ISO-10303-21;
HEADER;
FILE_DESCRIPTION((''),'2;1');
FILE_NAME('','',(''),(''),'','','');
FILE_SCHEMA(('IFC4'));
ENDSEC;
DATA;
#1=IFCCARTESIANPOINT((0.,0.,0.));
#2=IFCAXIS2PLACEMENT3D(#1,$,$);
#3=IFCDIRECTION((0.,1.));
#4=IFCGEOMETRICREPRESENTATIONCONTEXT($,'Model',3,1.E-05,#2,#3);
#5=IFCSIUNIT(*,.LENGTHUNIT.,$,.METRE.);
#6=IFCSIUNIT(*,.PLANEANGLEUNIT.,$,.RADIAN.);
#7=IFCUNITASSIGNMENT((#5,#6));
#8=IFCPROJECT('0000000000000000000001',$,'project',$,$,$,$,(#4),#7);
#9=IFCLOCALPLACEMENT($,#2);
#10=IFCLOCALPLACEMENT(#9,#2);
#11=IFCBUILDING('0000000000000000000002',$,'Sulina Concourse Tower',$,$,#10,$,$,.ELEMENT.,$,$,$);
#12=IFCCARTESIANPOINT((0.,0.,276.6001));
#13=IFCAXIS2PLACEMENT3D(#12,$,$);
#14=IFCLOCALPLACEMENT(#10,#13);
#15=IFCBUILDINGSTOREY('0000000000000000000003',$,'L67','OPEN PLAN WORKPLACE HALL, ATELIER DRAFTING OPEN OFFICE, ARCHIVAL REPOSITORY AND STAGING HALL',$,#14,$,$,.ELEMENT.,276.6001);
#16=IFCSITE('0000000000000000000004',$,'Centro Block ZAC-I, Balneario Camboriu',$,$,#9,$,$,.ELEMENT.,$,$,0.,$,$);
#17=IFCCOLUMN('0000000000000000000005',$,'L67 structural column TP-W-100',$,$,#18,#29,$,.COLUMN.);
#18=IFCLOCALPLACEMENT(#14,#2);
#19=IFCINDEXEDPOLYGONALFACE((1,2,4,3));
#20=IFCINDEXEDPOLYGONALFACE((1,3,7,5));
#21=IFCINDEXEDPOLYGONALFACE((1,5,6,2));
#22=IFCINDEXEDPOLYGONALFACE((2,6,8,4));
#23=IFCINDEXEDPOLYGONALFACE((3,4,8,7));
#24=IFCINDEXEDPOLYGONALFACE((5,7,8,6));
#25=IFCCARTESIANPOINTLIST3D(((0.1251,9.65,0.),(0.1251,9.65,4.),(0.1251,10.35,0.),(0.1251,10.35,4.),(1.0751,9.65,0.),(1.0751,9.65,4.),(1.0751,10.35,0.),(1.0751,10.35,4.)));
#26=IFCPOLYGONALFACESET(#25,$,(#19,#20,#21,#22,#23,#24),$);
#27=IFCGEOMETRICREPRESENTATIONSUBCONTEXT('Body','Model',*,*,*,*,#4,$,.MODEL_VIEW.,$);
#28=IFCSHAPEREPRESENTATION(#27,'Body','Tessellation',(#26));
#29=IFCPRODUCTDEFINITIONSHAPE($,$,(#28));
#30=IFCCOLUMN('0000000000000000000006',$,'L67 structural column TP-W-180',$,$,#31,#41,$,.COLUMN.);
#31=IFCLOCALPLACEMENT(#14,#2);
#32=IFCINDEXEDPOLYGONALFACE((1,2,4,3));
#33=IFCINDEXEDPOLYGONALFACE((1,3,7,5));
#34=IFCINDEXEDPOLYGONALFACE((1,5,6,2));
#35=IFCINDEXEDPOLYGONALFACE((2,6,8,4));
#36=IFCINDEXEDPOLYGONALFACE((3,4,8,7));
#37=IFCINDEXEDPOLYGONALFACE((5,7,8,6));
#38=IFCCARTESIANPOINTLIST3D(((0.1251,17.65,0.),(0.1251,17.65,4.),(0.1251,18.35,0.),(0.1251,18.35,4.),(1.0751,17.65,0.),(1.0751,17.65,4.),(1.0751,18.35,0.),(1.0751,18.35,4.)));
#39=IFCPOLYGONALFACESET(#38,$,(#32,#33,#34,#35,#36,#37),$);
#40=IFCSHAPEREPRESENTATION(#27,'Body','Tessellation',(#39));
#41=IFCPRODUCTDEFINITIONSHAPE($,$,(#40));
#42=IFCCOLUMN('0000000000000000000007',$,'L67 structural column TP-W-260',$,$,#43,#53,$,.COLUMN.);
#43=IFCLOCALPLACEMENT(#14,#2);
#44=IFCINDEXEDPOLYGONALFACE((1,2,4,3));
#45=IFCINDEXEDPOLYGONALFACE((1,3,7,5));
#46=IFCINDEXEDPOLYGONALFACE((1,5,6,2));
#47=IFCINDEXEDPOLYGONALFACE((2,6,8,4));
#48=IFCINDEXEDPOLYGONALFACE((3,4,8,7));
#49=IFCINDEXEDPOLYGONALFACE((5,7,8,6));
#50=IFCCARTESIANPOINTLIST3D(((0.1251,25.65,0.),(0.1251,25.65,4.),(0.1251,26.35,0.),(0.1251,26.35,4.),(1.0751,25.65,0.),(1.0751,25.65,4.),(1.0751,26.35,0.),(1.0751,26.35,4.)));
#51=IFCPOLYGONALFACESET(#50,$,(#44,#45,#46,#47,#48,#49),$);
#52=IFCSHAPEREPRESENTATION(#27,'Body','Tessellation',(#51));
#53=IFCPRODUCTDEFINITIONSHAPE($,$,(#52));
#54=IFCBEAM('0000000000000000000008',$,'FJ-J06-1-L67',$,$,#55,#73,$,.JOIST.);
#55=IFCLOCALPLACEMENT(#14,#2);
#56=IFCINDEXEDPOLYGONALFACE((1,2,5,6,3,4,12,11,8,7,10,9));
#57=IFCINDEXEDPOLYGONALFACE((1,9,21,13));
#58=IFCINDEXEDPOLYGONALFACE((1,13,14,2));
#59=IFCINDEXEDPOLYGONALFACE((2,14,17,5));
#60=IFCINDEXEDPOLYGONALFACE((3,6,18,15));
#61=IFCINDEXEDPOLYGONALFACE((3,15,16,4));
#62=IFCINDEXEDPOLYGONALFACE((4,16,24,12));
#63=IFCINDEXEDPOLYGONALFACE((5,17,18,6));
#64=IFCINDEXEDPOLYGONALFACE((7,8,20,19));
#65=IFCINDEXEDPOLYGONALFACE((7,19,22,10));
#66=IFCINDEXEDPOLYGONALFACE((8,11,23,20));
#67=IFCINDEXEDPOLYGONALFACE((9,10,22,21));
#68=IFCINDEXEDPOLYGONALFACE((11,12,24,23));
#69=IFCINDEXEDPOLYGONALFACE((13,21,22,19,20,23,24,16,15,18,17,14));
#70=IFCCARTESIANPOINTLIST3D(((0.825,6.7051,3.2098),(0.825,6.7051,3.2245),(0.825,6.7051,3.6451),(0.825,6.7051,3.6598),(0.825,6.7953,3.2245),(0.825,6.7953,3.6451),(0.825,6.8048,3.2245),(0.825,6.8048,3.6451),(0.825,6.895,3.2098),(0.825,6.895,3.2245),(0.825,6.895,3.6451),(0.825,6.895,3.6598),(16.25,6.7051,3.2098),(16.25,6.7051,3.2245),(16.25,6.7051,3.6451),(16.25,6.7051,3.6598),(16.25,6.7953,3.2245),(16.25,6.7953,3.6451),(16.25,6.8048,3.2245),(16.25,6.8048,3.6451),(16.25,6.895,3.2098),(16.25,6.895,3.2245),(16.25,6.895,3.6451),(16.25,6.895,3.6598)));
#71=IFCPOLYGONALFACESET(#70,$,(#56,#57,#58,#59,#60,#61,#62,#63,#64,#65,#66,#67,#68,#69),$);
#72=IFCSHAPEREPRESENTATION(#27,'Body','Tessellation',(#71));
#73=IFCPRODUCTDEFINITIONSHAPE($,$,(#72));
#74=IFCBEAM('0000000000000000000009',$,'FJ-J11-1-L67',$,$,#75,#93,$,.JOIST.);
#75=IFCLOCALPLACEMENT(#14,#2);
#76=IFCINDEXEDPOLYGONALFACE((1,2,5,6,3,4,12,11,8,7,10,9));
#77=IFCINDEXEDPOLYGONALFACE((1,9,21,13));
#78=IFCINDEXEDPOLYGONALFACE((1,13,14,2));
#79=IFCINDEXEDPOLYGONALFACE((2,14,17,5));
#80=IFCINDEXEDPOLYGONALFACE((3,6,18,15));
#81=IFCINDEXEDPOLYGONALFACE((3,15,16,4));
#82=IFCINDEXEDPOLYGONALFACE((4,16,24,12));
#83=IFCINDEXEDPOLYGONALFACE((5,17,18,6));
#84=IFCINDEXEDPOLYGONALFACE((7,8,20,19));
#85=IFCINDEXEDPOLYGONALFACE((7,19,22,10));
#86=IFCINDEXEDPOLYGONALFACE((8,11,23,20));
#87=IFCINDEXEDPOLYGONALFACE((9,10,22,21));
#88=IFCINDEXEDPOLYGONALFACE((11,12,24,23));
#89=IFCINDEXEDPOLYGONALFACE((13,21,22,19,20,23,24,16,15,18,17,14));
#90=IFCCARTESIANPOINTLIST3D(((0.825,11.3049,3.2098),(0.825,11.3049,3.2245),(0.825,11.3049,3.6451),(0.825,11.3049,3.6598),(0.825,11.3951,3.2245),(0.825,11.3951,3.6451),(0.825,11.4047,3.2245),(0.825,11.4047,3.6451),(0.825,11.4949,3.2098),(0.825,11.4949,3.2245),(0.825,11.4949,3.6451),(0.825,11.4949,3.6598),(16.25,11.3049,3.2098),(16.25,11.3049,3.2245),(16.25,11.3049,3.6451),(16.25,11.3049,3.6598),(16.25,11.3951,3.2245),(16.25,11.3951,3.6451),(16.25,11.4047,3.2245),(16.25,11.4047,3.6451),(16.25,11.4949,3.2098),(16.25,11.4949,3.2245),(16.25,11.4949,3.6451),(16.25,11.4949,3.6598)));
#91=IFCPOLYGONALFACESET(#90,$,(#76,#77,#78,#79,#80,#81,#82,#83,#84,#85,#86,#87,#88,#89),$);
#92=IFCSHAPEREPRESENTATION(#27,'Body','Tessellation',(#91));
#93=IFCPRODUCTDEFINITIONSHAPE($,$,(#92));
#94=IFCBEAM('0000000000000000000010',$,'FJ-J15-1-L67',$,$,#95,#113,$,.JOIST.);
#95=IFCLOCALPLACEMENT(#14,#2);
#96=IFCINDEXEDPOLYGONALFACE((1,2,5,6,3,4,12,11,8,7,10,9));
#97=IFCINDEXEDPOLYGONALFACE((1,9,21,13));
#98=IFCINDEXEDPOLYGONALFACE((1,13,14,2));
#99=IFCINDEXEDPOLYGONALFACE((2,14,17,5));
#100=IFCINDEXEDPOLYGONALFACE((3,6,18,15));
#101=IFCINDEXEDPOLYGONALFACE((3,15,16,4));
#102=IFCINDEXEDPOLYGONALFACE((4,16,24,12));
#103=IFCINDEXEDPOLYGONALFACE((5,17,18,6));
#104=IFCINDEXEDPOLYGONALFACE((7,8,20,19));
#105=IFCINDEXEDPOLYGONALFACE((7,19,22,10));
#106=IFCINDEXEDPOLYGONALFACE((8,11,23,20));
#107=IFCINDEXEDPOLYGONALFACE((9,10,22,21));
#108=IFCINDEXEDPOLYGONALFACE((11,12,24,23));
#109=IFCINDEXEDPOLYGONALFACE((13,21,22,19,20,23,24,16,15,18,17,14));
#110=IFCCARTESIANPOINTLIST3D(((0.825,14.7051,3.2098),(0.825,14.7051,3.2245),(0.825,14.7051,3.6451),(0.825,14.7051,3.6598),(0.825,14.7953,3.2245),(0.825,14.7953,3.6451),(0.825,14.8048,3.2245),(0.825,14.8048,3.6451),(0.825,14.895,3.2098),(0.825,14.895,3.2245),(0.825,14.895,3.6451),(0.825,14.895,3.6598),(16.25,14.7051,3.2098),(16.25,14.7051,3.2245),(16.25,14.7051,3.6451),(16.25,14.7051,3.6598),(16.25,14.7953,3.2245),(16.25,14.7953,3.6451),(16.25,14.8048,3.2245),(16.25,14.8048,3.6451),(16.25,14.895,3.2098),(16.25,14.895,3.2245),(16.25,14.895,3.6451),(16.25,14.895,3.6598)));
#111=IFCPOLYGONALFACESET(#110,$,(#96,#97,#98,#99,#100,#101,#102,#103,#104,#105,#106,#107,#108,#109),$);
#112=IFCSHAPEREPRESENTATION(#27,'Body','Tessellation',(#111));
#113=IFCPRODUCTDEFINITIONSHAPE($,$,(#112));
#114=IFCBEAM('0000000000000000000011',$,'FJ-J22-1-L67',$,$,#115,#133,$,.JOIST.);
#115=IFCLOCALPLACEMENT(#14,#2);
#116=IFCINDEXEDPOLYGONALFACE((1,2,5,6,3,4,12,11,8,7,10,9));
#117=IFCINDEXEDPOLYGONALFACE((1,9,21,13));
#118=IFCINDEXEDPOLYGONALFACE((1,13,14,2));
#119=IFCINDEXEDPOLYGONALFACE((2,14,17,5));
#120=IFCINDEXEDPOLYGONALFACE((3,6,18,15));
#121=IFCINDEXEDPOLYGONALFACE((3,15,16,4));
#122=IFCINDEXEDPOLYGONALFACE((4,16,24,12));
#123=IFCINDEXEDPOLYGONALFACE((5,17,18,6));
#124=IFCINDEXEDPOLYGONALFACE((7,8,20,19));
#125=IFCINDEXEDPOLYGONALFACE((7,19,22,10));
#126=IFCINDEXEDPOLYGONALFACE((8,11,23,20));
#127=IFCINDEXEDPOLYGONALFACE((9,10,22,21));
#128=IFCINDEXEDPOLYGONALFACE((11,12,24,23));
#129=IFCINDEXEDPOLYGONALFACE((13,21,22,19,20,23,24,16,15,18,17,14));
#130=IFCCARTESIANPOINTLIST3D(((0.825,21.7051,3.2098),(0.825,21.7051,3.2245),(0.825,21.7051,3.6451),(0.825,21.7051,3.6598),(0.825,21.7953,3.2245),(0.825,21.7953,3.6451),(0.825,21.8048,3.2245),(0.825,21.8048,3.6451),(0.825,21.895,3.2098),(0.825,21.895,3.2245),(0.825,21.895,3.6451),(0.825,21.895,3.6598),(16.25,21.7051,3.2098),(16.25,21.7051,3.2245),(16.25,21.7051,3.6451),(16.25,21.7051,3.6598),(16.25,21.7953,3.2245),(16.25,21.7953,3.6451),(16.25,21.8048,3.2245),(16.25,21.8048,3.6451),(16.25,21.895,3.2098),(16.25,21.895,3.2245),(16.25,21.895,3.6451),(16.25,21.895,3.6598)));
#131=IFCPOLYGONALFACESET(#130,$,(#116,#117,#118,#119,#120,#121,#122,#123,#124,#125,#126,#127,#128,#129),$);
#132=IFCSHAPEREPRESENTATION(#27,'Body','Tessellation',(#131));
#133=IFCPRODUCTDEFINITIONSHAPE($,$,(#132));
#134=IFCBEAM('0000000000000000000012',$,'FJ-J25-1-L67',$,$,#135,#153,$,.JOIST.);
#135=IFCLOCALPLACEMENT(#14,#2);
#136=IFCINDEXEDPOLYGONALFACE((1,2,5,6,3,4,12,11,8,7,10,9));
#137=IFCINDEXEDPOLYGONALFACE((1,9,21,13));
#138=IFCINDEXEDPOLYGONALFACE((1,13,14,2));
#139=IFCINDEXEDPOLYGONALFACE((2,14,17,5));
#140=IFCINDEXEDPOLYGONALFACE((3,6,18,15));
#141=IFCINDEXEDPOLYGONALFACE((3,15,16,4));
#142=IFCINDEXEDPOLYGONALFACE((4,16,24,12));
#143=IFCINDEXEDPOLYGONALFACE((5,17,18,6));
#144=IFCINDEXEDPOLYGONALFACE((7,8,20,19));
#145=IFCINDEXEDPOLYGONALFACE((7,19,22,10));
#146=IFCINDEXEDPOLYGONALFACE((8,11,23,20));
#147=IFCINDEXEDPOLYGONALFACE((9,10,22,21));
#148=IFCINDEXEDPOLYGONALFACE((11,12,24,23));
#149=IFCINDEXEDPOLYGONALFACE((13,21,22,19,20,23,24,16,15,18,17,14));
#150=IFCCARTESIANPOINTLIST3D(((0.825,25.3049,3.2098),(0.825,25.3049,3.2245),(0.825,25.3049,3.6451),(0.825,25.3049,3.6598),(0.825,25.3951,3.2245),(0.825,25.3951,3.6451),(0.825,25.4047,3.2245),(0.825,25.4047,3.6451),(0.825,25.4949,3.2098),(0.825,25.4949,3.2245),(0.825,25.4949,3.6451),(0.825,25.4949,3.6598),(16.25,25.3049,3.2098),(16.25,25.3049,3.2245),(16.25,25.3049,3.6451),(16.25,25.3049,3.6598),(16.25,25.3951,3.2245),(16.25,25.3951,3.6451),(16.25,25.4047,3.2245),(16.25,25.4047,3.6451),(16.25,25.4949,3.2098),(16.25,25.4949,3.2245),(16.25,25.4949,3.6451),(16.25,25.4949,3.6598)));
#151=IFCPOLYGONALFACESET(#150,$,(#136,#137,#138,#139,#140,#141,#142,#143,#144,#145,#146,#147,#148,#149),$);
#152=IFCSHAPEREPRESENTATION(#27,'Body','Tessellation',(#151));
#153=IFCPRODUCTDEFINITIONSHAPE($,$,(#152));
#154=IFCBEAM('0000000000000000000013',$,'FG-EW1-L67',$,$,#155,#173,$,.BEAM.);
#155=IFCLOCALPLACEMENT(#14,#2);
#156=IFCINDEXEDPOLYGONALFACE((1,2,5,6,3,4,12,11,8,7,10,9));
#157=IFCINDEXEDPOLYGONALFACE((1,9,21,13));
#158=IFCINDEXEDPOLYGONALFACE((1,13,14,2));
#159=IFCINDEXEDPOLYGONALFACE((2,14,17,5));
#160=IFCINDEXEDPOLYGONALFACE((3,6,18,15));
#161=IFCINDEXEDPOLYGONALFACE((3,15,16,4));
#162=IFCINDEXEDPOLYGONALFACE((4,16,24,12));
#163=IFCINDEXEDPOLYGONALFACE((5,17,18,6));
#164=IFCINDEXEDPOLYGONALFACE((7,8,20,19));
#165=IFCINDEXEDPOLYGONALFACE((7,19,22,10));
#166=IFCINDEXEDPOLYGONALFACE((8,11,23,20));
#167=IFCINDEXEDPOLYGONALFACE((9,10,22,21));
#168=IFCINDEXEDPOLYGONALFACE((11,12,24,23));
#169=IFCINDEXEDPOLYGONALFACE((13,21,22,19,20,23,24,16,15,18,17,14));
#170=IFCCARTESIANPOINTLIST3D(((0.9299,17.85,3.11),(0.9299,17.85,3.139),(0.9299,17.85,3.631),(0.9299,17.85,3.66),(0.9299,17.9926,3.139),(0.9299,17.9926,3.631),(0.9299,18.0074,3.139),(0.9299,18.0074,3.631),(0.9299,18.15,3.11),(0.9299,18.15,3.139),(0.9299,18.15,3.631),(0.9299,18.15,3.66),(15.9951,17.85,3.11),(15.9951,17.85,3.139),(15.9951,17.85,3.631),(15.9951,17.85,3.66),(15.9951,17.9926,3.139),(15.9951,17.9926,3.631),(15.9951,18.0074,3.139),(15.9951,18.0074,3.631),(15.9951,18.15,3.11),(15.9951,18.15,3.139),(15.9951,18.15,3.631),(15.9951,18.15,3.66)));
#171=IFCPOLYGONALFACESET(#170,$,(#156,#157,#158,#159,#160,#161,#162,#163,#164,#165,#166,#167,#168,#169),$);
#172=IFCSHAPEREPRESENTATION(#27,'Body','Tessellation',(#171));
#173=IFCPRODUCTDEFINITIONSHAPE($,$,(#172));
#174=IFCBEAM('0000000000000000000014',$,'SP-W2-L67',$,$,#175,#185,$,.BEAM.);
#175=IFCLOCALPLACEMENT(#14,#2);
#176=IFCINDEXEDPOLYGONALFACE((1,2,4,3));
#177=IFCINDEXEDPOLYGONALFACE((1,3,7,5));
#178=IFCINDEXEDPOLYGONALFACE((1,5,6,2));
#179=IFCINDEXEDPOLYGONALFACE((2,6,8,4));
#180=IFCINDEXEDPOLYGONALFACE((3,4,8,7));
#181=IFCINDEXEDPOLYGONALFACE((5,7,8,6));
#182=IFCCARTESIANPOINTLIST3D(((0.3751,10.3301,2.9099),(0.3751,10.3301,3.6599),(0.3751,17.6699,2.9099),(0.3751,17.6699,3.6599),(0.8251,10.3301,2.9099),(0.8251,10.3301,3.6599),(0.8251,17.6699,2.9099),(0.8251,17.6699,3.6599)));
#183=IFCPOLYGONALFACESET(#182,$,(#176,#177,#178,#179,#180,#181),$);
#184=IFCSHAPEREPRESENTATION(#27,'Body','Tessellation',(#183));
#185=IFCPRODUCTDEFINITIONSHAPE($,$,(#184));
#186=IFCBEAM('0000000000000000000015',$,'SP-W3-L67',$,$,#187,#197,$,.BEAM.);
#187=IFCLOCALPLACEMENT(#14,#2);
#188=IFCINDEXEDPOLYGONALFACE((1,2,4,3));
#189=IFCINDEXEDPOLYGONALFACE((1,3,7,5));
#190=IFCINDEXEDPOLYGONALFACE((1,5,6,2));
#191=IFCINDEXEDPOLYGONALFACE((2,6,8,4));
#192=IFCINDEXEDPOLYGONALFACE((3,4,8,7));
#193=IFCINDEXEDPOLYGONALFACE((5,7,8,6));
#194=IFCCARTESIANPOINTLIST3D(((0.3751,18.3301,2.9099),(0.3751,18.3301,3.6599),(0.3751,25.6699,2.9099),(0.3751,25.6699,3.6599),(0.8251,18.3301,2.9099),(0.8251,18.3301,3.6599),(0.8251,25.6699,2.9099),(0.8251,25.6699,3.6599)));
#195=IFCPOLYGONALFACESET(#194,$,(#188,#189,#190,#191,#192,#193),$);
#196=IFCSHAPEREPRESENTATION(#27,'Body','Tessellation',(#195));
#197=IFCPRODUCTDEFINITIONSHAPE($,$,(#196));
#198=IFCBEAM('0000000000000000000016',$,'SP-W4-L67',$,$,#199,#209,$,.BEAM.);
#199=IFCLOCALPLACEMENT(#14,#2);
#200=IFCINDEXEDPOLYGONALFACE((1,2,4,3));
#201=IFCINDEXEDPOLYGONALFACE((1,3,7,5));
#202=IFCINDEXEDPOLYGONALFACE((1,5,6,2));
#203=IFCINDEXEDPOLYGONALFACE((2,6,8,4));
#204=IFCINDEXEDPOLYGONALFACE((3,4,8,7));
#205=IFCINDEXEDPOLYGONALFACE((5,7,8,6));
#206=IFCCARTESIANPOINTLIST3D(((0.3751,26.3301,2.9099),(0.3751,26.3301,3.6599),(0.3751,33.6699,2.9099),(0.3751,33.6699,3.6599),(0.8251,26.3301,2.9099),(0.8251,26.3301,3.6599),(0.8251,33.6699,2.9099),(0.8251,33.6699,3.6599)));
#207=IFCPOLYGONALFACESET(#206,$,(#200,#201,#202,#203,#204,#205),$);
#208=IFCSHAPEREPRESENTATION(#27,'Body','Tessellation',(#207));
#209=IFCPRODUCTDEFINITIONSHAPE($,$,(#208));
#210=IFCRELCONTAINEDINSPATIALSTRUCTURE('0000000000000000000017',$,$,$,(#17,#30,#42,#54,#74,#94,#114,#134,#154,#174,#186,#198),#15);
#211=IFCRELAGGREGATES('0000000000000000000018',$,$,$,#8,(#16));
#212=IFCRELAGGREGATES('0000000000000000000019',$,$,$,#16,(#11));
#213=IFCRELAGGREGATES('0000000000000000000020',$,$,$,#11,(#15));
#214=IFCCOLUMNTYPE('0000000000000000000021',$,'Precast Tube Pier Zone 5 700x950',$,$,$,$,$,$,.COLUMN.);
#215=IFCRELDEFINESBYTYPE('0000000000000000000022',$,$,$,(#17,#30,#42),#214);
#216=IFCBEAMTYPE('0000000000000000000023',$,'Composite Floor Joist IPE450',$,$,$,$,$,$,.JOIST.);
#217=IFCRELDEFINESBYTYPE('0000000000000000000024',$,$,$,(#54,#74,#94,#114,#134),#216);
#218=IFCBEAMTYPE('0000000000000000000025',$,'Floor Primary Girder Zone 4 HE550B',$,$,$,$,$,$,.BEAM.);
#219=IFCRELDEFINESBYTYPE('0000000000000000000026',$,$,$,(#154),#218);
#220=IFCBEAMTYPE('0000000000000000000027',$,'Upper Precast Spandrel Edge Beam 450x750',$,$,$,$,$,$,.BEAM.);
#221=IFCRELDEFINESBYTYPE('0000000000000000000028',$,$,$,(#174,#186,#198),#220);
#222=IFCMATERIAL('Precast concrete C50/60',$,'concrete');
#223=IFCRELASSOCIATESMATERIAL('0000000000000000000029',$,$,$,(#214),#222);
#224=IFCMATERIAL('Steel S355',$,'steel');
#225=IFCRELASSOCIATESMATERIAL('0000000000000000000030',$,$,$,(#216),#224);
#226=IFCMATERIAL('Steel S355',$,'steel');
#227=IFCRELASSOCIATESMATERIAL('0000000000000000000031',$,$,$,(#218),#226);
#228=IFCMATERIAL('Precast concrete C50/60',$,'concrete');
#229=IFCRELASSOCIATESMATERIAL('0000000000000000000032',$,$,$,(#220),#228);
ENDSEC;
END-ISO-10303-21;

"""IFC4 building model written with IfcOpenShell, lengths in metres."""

from ifc_helpers import new_model, si_unit, direction, frame, origin, origin_2d, place, context, subcontext, project, spatial, rectangle, i_section, extrude, material, material_profile, profile_set, type_object, element, save


model = new_model("IFC4")

# Units and contexts
model_context = context("Model", 3, precision=1e-05, world=origin(), true_north=direction((0.0, 1.0)))
body_context = subcontext(model_context, "Body", "Model", "MODEL_VIEW")
ifc_project = project(units=[si_unit("LENGTHUNIT", "METRE"), si_unit("PLANEANGLEUNIT", "RADIAN")], contexts=[model_context])

# Site, building, storey
site_placement = place(None, origin())
site = spatial("IfcSite", under=ifc_project, at=site_placement, Name="Centro Block ZAC-I, Balneario Camboriu", CompositionType="ELEMENT", RefElevation=0.0)
building_placement = place(site_placement, origin())
building = spatial("IfcBuilding", under=site, at=building_placement, Name="Sulina Concourse Tower", CompositionType="ELEMENT")
storey_placement = place(building_placement, frame((0.0, 0.0, 276.6001)))
storey = spatial("IfcBuildingStorey", under=building, at=storey_placement, Name="L67", Description="OPEN PLAN WORKPLACE HALL, ATELIER DRAFTING OPEN OFFICE, ARCHIVAL REPOSITORY AND STAGING HALL", CompositionType="ELEMENT", Elevation=276.6001)

# Columns
ifc_material_1 = material(Name="Precast concrete C50/60", Category="concrete")
ifc_material_profile_1 = material_profile(ifc_material_1, rectangle(XDim=0.7, YDim=0.95, at=origin_2d()), Name="PC 700x950")
ifc_profile_set_1 = profile_set([ifc_material_profile_1], Name="Precast concrete C50/60")
column_type = type_object("IfcColumnType", Name="Precast Tube Pier Zone 5 700x950", PredefinedType="COLUMN", material=ifc_profile_set_1)
for number, where, z_axis, x_axis, name in (
    (1, (0.6001, 10.0, 0.0), (0.0, 0.0, 1.0), (0.0, 1.0, 0.0), "L67 structural column TP-W-100"),
    (2, (0.6001, 18.0, 0.0), (0.0, 0.0, 1.0), (0.0, 1.0, 0.0), "L67 structural column TP-W-180"),
    (3, (0.6001, 26.0, 0.0), (0.0, 0.0, 1.0), (0.0, 1.0, 0.0), "L67 structural column TP-W-260"),
):
    element("IfcColumn", number, at=place(storey_placement, frame(where, z_axis=z_axis, x_axis=x_axis)), inside=storey, type_object=column_type, Name=name, PredefinedType="COLUMN", context=body_context, shape_type="SweptSolid", body=[
        extrude(rectangle(XDim=0.7, YDim=0.95, at=origin_2d()), origin(), (0.0, 0.0, 1.0), 4.0),
    ])

# Beams
ifc_material_2 = material(Name="Steel S355", Category="steel")
ifc_material_profile_2 = material_profile(ifc_material_2, i_section(OverallWidth=0.1899, OverallDepth=0.45, WebThickness=0.0095, FlangeThickness=0.0146, at=origin_2d()), Name="IPE 450")
ifc_profile_set_2 = profile_set([ifc_material_profile_2], Name="Steel S355")
beam_type_1 = type_object("IfcBeamType", Name="Composite Floor Joist IPE450", PredefinedType="JOIST", material=ifc_profile_set_2)
for number, where, z_axis, x_axis, name in (
    (4, (0.825, 6.8, 3.4348), (1.0, 0.0, 0.0), (0.0, 1.0, 0.0), "FJ-J06-1-L67"),
    (5, (0.825, 11.3999, 3.4348), (1.0, 0.0, 0.0), (0.0, 1.0, 0.0), "FJ-J11-1-L67"),
    (6, (0.825, 14.8, 3.4348), (1.0, 0.0, 0.0), (0.0, 1.0, 0.0), "FJ-J15-1-L67"),
    (7, (0.825, 21.8, 3.4348), (1.0, 0.0, 0.0), (0.0, 1.0, 0.0), "FJ-J22-1-L67"),
    (8, (0.825, 25.3999, 3.4348), (1.0, 0.0, 0.0), (0.0, 1.0, 0.0), "FJ-J25-1-L67"),
):
    element("IfcBeam", number, at=place(storey_placement, frame(where, z_axis=z_axis, x_axis=x_axis)), inside=storey, type_object=beam_type_1, Name=name, PredefinedType="JOIST", context=body_context, shape_type="SweptSolid", body=[
        extrude(i_section(OverallWidth=0.1899, OverallDepth=0.45, WebThickness=0.0095, FlangeThickness=0.0146, at=origin_2d()), origin(), (0.0, 0.0, 1.0), 15.425),
    ])
ifc_material_3 = material(Name="Steel S355", Category="steel")
ifc_material_profile_3 = material_profile(ifc_material_3, i_section(OverallWidth=0.3, OverallDepth=0.55, WebThickness=0.0149, FlangeThickness=0.0291, at=origin_2d()), Name="HE 550 B")
ifc_profile_set_3 = profile_set([ifc_material_profile_3], Name="Steel S355")
beam_type_2 = type_object("IfcBeamType", Name="Floor Primary Girder Zone 4 HE550B", PredefinedType="BEAM", material=ifc_profile_set_3)
beam_placement = place(storey_placement, frame((0.9299, 18.0, 3.385), z_axis=(1.0, 0.0, 0.0), x_axis=(0.0, 1.0, 0.0)))
element("IfcBeam", 9, at=beam_placement, inside=storey, type_object=beam_type_2, Name="FG-EW1-L67", PredefinedType="BEAM", context=body_context, shape_type="SweptSolid", body=[
    extrude(i_section(OverallWidth=0.3, OverallDepth=0.55, WebThickness=0.0149, FlangeThickness=0.0291, at=origin_2d()), origin(), (0.0, 0.0, 1.0), 15.0652),
])
ifc_material_4 = material(Name="Precast concrete C50/60", Category="concrete")
ifc_material_profile_4 = material_profile(ifc_material_4, rectangle(XDim=0.45, YDim=0.75, at=origin_2d()), Name="RC 450x750")
ifc_profile_set_4 = profile_set([ifc_material_profile_4], Name="Precast concrete C50/60")
beam_type_3 = type_object("IfcBeamType", Name="Upper Precast Spandrel Edge Beam 450x750", PredefinedType="BEAM", material=ifc_profile_set_4)
for number, where, z_axis, x_axis, name in (
    (10, (0.6001, 10.3301, 3.2849), (0.0, 1.0, 0.0), (-1.0, 0.0, 0.0), "SP-W2-L67"),
    (11, (0.6001, 18.3301, 3.2849), (0.0, 1.0, 0.0), (-1.0, 0.0, 0.0), "SP-W3-L67"),
    (12, (0.6001, 26.3301, 3.2849), (0.0, 1.0, 0.0), (-1.0, 0.0, 0.0), "SP-W4-L67"),
):
    element("IfcBeam", number, at=place(storey_placement, frame(where, z_axis=z_axis, x_axis=x_axis)), inside=storey, type_object=beam_type_3, Name=name, PredefinedType="BEAM", context=body_context, shape_type="SweptSolid", body=[
        extrude(rectangle(XDim=0.45, YDim=0.75, at=origin_2d()), origin(), (0.0, 0.0, 1.0), 7.3398),
    ])

save(model, "model.ifc")
